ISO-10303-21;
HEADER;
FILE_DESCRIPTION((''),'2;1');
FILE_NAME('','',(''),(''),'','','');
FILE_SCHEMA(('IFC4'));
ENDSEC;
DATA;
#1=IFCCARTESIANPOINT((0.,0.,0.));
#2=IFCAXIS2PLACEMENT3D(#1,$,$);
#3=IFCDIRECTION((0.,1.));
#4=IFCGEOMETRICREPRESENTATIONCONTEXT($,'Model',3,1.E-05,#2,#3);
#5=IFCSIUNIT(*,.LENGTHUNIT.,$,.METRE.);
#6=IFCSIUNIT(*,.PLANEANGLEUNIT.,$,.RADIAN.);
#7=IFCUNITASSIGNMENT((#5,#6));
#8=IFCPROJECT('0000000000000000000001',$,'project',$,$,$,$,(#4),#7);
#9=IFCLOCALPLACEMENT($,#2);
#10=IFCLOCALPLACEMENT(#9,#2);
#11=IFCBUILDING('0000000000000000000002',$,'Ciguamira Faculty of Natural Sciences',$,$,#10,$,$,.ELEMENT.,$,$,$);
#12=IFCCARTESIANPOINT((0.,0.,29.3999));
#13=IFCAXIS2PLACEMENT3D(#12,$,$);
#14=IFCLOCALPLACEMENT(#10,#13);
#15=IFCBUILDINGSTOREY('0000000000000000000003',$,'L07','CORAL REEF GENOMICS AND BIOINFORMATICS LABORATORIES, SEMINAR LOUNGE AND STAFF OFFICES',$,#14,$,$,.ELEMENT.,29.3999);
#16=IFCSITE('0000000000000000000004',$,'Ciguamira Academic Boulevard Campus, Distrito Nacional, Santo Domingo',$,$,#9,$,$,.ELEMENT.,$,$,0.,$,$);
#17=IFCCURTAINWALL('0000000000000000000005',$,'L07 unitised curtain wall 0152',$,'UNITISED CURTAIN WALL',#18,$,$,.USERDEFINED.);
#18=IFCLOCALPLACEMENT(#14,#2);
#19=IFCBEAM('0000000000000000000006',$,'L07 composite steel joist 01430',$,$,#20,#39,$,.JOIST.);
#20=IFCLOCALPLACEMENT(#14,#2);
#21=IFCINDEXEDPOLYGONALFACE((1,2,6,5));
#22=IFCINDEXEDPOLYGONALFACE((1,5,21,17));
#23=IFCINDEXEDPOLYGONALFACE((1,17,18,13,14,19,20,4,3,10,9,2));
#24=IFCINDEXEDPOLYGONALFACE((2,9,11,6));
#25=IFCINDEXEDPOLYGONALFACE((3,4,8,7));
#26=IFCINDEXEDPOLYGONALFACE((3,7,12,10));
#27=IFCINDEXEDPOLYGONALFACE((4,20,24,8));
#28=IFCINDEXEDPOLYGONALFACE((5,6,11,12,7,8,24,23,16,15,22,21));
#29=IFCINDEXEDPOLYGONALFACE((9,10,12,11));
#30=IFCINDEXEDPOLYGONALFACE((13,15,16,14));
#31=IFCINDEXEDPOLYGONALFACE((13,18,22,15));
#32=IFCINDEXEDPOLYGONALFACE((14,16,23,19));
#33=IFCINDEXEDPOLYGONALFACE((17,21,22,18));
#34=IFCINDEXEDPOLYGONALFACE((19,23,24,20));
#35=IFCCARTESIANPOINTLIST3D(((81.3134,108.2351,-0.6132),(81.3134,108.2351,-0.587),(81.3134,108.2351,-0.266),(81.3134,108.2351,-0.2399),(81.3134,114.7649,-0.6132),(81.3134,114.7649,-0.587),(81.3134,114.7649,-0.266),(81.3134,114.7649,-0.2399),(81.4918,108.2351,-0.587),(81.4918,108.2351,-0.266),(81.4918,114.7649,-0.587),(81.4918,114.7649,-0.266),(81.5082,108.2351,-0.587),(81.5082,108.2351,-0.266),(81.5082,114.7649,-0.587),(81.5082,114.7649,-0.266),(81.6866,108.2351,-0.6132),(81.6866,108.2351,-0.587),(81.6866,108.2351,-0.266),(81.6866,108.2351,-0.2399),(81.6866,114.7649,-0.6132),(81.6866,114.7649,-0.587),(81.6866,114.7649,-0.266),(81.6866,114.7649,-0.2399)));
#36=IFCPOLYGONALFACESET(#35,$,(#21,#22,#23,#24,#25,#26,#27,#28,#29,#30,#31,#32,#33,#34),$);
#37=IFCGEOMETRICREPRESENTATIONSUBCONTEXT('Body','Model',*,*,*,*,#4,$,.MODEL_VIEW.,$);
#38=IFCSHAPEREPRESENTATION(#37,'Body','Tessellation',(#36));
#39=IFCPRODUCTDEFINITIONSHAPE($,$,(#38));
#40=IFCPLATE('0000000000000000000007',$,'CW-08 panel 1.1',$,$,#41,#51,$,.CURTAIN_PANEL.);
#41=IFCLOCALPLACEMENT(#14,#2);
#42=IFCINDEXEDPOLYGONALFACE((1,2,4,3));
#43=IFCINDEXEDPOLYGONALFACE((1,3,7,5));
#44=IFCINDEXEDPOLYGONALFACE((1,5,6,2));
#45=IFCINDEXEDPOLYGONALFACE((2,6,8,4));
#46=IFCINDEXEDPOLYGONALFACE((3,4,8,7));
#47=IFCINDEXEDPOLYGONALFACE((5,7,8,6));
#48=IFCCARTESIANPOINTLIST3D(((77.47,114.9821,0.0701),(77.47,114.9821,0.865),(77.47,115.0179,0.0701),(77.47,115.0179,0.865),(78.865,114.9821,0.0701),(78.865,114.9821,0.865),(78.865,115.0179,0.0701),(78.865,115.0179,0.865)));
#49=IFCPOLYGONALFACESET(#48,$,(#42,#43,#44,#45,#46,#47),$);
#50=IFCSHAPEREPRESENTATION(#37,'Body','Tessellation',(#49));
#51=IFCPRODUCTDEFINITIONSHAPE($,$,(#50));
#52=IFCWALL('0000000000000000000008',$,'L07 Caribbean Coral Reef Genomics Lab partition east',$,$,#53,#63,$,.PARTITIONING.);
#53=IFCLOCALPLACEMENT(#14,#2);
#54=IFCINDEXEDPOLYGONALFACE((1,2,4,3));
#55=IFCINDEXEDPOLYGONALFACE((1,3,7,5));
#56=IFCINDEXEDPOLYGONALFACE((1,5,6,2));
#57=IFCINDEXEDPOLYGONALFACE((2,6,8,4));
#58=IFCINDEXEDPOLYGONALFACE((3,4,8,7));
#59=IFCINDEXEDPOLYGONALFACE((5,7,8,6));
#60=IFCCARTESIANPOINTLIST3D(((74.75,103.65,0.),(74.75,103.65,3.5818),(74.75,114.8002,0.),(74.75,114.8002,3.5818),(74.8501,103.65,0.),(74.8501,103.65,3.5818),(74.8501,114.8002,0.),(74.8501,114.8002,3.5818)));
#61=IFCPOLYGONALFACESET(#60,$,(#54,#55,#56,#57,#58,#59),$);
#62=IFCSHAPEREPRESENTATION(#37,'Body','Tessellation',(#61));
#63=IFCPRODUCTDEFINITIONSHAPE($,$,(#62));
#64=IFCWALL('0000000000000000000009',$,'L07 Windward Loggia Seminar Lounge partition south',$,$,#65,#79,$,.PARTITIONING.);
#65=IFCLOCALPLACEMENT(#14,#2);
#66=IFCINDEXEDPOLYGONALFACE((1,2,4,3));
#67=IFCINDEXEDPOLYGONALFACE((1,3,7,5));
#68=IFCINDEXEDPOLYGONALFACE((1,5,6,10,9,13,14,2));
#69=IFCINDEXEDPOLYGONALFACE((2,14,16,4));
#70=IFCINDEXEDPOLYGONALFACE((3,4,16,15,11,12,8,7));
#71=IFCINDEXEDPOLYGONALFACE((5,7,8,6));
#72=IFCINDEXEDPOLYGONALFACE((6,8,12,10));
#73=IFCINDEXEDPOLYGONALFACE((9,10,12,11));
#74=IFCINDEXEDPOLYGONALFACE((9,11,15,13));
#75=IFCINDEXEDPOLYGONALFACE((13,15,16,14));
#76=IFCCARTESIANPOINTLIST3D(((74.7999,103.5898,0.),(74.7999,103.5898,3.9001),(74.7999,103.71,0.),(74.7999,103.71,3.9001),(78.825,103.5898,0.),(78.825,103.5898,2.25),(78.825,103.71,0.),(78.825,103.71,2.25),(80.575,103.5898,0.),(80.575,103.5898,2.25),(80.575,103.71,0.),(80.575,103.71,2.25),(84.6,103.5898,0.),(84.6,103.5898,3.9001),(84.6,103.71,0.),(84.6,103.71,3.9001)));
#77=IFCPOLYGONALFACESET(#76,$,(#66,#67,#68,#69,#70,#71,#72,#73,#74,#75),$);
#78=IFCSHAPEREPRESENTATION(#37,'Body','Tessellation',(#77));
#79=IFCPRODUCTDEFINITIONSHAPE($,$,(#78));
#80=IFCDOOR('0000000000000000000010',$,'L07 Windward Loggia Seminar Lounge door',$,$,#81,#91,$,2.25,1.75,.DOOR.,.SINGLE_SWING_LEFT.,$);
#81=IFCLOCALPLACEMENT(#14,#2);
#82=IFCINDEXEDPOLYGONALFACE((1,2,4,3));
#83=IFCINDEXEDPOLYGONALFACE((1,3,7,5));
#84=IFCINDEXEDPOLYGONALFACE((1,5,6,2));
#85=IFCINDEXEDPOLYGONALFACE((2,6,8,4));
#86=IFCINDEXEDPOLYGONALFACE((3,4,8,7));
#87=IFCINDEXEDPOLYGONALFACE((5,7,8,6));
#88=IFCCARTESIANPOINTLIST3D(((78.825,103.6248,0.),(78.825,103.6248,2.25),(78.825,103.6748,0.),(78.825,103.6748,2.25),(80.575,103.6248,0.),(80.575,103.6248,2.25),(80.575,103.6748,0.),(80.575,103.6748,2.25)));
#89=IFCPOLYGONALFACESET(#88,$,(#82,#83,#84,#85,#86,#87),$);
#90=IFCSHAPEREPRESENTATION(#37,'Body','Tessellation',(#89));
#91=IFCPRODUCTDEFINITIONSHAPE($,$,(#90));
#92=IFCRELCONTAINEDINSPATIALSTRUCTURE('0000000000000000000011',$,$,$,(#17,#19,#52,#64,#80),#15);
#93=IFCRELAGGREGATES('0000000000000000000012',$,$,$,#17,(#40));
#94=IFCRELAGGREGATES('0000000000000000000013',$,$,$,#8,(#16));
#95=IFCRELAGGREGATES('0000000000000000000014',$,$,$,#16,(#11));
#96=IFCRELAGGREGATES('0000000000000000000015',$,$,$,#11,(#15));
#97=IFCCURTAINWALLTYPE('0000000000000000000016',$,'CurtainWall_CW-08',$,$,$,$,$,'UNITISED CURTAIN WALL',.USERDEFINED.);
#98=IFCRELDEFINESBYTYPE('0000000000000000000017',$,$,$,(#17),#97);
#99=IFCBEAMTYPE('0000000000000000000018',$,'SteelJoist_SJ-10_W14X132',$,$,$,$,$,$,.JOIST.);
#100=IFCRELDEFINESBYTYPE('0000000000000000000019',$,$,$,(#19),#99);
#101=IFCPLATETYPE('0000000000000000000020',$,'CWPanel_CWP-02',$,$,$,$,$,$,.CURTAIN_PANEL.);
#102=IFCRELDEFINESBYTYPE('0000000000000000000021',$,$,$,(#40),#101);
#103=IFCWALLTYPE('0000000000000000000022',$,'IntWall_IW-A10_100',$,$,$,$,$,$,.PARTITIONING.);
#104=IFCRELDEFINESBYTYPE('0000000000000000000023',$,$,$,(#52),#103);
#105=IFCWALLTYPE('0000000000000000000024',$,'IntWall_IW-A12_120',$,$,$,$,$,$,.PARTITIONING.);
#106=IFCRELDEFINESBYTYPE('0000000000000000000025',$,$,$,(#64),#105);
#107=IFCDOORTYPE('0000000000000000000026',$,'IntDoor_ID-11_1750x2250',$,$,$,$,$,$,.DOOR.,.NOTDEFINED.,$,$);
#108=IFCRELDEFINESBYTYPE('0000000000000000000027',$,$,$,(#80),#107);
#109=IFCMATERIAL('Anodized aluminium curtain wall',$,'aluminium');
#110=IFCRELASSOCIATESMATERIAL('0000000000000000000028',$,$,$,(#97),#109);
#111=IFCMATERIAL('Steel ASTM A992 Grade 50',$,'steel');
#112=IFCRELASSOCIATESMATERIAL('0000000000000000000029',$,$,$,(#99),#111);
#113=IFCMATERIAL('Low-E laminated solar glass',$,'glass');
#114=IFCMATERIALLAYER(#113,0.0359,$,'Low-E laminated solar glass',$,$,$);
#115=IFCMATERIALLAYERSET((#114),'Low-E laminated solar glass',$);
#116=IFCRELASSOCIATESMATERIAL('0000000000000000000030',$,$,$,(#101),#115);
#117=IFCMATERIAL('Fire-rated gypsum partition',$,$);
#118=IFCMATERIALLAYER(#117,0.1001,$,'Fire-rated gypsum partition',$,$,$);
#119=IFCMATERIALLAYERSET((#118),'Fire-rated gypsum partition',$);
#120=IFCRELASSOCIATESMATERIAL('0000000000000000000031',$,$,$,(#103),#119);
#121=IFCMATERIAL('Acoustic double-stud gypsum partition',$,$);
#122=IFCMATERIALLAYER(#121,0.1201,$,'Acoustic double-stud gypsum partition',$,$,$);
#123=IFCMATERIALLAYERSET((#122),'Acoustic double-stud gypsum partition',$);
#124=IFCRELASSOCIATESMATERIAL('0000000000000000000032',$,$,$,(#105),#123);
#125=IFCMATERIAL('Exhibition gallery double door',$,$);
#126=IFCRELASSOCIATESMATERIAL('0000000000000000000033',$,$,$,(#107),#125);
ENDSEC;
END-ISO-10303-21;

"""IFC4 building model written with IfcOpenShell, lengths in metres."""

from ifc_helpers import new_model, si_unit, direction, frame, frame_2d, origin, origin_2d, place, context, subcontext, project, spatial, rectangle, i_section, extrude, material, layer, layer_set, material_profile, profile_set, type_object, element, fill, aggregate, save


model = new_model("IFC4")

# Units and contexts
model_context = context("Model", 3, precision=1e-05, world=origin(), true_north=direction((0.0, 1.0)))
body_context = subcontext(model_context, "Body", "Model", "MODEL_VIEW")
ifc_project = project(units=[si_unit("LENGTHUNIT", "METRE"), si_unit("PLANEANGLEUNIT", "RADIAN")], contexts=[model_context])

# Site, building, storey
site_placement = place(None, origin())
site = spatial("IfcSite", under=ifc_project, at=site_placement, Name="Ciguamira Academic Boulevard Campus, Distrito Nacional, Santo Domingo", CompositionType="ELEMENT", RefElevation=0.0)
building_placement = place(site_placement, origin())
building = spatial("IfcBuilding", under=site, at=building_placement, Name="Ciguamira Faculty of Natural Sciences", CompositionType="ELEMENT")
storey_placement = place(building_placement, frame((0.0, 0.0, 29.3999)))
storey = spatial("IfcBuildingStorey", under=building, at=storey_placement, Name="L07", Description="CORAL REEF GENOMICS AND BIOINFORMATICS LABORATORIES, SEMINAR LOUNGE AND STAFF OFFICES", CompositionType="ELEMENT", Elevation=29.3999)

# Curtain wall
ifc_material_1 = material(Name="Anodized aluminium curtain wall", Category="aluminium")
curtain_wall_type = type_object("IfcCurtainWallType", Name="CurtainWall_CW-08", ElementType="UNITISED CURTAIN WALL", PredefinedType="USERDEFINED", material=ifc_material_1)
curtain_wall_placement = place(storey_placement, origin())
curtain_wall = element("IfcCurtainWall", 1, at=curtain_wall_placement, inside=storey, type_object=curtain_wall_type, Name="L07 unitised curtain wall 0152", ObjectType="UNITISED CURTAIN WALL", PredefinedType="USERDEFINED")

# Beam
ifc_material_2 = material(Name="Steel ASTM A992 Grade 50", Category="steel")
ifc_material_profile_1 = material_profile(ifc_material_2, i_section(OverallWidth=0.3733, OverallDepth=0.3733, WebThickness=0.0164, FlangeThickness=0.0261, at=origin_2d()), Name="W14X132")
ifc_profile_set_1 = profile_set([ifc_material_profile_1], Name="Steel ASTM A992 Grade 50")
beam_type_1 = type_object("IfcBeamType", Name="SteelJoist_SJ-10_W14X132", PredefinedType="JOIST", material=ifc_profile_set_1)
beam_1_placement = place(storey_placement, frame((81.5, 108.2351, -0.4265), z_axis=(0.0, 1.0, 0.0), x_axis=(-1.0, 0.0, 0.0)))
element("IfcBeam", 2, at=beam_1_placement, inside=storey, type_object=beam_type_1, Name="L07 composite steel joist 01430", PredefinedType="JOIST", context=body_context, shape_type="SweptSolid", body=[
    extrude(i_section(OverallWidth=0.3733, OverallDepth=0.3733, WebThickness=0.0164, FlangeThickness=0.0261, at=origin_2d()), origin(), (0.0, 0.0, 1.0), 6.5298),
])

# Plate
ifc_material_3 = material(Name="Low-E laminated solar glass", Category="glass")
ifc_layer_1 = layer(ifc_material_3, 0.0359, Name="Low-E laminated solar glass")
ifc_layer_set_1 = layer_set([ifc_layer_1], Name="Low-E laminated solar glass")
plate_type = type_object("IfcPlateType", Name="CWPanel_CWP-02", PredefinedType="CURTAIN_PANEL", material=ifc_layer_set_1)
plate_placement = place(storey_placement, frame((78.1675, 115.0, 0.0701), z_axis=(0.0, 0.0, 1.0), x_axis=(1.0, 0.0, 0.0)))
plate = element("IfcPlate", 3, at=plate_placement, type_object=plate_type, Name="CW-08 panel 1.1", PredefinedType="CURTAIN_PANEL", context=body_context, shape_type="SweptSolid", body=[
    extrude(rectangle(XDim=1.395, YDim=0.0359, at=origin_2d()), origin(), (0.0, 0.0, 1.0), 0.7949),
])
aggregate(curtain_wall, [plate])

# Wall
ifc_material_4 = material(Name="Fire-rated gypsum partition")
ifc_layer_2 = layer(ifc_material_4, 0.1001, Name="Fire-rated gypsum partition")
ifc_layer_set_2 = layer_set([ifc_layer_2], Name="Fire-rated gypsum partition")
wall_type_1 = type_object("IfcWallType", Name="IntWall_IW-A10_100", PredefinedType="PARTITIONING", material=ifc_layer_set_2)
wall_1_placement = place(storey_placement, frame((74.8, 103.6499, 0.0), z_axis=(0.0, 0.0, 1.0), x_axis=(0.0, 1.0, 0.0)))
element("IfcWall", 4, at=wall_1_placement, inside=storey, type_object=wall_type_1, Name="L07 Caribbean Coral Reef Genomics Lab partition east", PredefinedType="PARTITIONING", context=body_context, shape_type="SweptSolid", body=[
    extrude(rectangle(XDim=11.1501, YDim=0.1001, at=frame_2d((5.5752, 0.0))), origin(), (0.0, 0.0, 1.0), 3.5818),
])

# Wall, opening, door
ifc_material_5 = material(Name="Acoustic double-stud gypsum partition")
ifc_layer_3 = layer(ifc_material_5, 0.1201, Name="Acoustic double-stud gypsum partition")
ifc_layer_set_3 = layer_set([ifc_layer_3], Name="Acoustic double-stud gypsum partition")
wall_type_2 = type_object("IfcWallType", Name="IntWall_IW-A12_120", PredefinedType="PARTITIONING", material=ifc_layer_set_3)
wall_2_placement = place(storey_placement, frame((74.8, 103.6499, 0.0), z_axis=(0.0, 0.0, 1.0), x_axis=(1.0, 0.0, 0.0)))
wall_2 = element("IfcWall", 5, at=wall_2_placement, inside=storey, type_object=wall_type_2, Name="L07 Windward Loggia Seminar Lounge partition south", PredefinedType="PARTITIONING", context=body_context, shape_type="SweptSolid", body=[
    extrude(rectangle(XDim=9.8, YDim=0.1201, at=frame_2d((4.8999, 0.0))), origin(), (0.0, 0.0, 1.0), 3.9001),
])
opening_placement = place(wall_2_placement, frame((4.0249, 0.0, 0.0)))
opening = element("IfcOpeningElement", 6, at=opening_placement, cuts=wall_2, PredefinedType="OPENING", context=body_context, shape_type="SweptSolid", body=[
    extrude(rectangle(XDim=1.75, YDim=2.25, at=frame_2d((0.875, 1.125))), frame((0.0, 0.0701, 0.0), z_axis=(0.0, -1.0, 0.0), x_axis=(1.0, 0.0, 0.0)), (0.0, 0.0, 1.0), 0.1401),
])
ifc_material_6 = material(Name="Exhibition gallery double door")
door_type = type_object("IfcDoorType", Name="IntDoor_ID-11_1750x2250", OperationType="NOTDEFINED", PredefinedType="DOOR", material=ifc_material_6)
door_placement = place(opening_placement, origin())
door = element("IfcDoor", 7, at=door_placement, inside=storey, type_object=door_type, Name="L07 Windward Loggia Seminar Lounge door", OperationType="SINGLE_SWING_LEFT", OverallHeight=2.25, OverallWidth=1.75, PredefinedType="DOOR", context=body_context, shape_type="SweptSolid", body=[
    extrude(rectangle(XDim=1.75, YDim=2.25, at=frame_2d((0.875, 1.125))), frame((0.0, 0.0249, 0.0), z_axis=(0.0, -1.0, 0.0), x_axis=(1.0, 0.0, 0.0)), (0.0, 0.0, 1.0), 0.05),
])
fill(opening, door)

save(model, "model.ifc")
